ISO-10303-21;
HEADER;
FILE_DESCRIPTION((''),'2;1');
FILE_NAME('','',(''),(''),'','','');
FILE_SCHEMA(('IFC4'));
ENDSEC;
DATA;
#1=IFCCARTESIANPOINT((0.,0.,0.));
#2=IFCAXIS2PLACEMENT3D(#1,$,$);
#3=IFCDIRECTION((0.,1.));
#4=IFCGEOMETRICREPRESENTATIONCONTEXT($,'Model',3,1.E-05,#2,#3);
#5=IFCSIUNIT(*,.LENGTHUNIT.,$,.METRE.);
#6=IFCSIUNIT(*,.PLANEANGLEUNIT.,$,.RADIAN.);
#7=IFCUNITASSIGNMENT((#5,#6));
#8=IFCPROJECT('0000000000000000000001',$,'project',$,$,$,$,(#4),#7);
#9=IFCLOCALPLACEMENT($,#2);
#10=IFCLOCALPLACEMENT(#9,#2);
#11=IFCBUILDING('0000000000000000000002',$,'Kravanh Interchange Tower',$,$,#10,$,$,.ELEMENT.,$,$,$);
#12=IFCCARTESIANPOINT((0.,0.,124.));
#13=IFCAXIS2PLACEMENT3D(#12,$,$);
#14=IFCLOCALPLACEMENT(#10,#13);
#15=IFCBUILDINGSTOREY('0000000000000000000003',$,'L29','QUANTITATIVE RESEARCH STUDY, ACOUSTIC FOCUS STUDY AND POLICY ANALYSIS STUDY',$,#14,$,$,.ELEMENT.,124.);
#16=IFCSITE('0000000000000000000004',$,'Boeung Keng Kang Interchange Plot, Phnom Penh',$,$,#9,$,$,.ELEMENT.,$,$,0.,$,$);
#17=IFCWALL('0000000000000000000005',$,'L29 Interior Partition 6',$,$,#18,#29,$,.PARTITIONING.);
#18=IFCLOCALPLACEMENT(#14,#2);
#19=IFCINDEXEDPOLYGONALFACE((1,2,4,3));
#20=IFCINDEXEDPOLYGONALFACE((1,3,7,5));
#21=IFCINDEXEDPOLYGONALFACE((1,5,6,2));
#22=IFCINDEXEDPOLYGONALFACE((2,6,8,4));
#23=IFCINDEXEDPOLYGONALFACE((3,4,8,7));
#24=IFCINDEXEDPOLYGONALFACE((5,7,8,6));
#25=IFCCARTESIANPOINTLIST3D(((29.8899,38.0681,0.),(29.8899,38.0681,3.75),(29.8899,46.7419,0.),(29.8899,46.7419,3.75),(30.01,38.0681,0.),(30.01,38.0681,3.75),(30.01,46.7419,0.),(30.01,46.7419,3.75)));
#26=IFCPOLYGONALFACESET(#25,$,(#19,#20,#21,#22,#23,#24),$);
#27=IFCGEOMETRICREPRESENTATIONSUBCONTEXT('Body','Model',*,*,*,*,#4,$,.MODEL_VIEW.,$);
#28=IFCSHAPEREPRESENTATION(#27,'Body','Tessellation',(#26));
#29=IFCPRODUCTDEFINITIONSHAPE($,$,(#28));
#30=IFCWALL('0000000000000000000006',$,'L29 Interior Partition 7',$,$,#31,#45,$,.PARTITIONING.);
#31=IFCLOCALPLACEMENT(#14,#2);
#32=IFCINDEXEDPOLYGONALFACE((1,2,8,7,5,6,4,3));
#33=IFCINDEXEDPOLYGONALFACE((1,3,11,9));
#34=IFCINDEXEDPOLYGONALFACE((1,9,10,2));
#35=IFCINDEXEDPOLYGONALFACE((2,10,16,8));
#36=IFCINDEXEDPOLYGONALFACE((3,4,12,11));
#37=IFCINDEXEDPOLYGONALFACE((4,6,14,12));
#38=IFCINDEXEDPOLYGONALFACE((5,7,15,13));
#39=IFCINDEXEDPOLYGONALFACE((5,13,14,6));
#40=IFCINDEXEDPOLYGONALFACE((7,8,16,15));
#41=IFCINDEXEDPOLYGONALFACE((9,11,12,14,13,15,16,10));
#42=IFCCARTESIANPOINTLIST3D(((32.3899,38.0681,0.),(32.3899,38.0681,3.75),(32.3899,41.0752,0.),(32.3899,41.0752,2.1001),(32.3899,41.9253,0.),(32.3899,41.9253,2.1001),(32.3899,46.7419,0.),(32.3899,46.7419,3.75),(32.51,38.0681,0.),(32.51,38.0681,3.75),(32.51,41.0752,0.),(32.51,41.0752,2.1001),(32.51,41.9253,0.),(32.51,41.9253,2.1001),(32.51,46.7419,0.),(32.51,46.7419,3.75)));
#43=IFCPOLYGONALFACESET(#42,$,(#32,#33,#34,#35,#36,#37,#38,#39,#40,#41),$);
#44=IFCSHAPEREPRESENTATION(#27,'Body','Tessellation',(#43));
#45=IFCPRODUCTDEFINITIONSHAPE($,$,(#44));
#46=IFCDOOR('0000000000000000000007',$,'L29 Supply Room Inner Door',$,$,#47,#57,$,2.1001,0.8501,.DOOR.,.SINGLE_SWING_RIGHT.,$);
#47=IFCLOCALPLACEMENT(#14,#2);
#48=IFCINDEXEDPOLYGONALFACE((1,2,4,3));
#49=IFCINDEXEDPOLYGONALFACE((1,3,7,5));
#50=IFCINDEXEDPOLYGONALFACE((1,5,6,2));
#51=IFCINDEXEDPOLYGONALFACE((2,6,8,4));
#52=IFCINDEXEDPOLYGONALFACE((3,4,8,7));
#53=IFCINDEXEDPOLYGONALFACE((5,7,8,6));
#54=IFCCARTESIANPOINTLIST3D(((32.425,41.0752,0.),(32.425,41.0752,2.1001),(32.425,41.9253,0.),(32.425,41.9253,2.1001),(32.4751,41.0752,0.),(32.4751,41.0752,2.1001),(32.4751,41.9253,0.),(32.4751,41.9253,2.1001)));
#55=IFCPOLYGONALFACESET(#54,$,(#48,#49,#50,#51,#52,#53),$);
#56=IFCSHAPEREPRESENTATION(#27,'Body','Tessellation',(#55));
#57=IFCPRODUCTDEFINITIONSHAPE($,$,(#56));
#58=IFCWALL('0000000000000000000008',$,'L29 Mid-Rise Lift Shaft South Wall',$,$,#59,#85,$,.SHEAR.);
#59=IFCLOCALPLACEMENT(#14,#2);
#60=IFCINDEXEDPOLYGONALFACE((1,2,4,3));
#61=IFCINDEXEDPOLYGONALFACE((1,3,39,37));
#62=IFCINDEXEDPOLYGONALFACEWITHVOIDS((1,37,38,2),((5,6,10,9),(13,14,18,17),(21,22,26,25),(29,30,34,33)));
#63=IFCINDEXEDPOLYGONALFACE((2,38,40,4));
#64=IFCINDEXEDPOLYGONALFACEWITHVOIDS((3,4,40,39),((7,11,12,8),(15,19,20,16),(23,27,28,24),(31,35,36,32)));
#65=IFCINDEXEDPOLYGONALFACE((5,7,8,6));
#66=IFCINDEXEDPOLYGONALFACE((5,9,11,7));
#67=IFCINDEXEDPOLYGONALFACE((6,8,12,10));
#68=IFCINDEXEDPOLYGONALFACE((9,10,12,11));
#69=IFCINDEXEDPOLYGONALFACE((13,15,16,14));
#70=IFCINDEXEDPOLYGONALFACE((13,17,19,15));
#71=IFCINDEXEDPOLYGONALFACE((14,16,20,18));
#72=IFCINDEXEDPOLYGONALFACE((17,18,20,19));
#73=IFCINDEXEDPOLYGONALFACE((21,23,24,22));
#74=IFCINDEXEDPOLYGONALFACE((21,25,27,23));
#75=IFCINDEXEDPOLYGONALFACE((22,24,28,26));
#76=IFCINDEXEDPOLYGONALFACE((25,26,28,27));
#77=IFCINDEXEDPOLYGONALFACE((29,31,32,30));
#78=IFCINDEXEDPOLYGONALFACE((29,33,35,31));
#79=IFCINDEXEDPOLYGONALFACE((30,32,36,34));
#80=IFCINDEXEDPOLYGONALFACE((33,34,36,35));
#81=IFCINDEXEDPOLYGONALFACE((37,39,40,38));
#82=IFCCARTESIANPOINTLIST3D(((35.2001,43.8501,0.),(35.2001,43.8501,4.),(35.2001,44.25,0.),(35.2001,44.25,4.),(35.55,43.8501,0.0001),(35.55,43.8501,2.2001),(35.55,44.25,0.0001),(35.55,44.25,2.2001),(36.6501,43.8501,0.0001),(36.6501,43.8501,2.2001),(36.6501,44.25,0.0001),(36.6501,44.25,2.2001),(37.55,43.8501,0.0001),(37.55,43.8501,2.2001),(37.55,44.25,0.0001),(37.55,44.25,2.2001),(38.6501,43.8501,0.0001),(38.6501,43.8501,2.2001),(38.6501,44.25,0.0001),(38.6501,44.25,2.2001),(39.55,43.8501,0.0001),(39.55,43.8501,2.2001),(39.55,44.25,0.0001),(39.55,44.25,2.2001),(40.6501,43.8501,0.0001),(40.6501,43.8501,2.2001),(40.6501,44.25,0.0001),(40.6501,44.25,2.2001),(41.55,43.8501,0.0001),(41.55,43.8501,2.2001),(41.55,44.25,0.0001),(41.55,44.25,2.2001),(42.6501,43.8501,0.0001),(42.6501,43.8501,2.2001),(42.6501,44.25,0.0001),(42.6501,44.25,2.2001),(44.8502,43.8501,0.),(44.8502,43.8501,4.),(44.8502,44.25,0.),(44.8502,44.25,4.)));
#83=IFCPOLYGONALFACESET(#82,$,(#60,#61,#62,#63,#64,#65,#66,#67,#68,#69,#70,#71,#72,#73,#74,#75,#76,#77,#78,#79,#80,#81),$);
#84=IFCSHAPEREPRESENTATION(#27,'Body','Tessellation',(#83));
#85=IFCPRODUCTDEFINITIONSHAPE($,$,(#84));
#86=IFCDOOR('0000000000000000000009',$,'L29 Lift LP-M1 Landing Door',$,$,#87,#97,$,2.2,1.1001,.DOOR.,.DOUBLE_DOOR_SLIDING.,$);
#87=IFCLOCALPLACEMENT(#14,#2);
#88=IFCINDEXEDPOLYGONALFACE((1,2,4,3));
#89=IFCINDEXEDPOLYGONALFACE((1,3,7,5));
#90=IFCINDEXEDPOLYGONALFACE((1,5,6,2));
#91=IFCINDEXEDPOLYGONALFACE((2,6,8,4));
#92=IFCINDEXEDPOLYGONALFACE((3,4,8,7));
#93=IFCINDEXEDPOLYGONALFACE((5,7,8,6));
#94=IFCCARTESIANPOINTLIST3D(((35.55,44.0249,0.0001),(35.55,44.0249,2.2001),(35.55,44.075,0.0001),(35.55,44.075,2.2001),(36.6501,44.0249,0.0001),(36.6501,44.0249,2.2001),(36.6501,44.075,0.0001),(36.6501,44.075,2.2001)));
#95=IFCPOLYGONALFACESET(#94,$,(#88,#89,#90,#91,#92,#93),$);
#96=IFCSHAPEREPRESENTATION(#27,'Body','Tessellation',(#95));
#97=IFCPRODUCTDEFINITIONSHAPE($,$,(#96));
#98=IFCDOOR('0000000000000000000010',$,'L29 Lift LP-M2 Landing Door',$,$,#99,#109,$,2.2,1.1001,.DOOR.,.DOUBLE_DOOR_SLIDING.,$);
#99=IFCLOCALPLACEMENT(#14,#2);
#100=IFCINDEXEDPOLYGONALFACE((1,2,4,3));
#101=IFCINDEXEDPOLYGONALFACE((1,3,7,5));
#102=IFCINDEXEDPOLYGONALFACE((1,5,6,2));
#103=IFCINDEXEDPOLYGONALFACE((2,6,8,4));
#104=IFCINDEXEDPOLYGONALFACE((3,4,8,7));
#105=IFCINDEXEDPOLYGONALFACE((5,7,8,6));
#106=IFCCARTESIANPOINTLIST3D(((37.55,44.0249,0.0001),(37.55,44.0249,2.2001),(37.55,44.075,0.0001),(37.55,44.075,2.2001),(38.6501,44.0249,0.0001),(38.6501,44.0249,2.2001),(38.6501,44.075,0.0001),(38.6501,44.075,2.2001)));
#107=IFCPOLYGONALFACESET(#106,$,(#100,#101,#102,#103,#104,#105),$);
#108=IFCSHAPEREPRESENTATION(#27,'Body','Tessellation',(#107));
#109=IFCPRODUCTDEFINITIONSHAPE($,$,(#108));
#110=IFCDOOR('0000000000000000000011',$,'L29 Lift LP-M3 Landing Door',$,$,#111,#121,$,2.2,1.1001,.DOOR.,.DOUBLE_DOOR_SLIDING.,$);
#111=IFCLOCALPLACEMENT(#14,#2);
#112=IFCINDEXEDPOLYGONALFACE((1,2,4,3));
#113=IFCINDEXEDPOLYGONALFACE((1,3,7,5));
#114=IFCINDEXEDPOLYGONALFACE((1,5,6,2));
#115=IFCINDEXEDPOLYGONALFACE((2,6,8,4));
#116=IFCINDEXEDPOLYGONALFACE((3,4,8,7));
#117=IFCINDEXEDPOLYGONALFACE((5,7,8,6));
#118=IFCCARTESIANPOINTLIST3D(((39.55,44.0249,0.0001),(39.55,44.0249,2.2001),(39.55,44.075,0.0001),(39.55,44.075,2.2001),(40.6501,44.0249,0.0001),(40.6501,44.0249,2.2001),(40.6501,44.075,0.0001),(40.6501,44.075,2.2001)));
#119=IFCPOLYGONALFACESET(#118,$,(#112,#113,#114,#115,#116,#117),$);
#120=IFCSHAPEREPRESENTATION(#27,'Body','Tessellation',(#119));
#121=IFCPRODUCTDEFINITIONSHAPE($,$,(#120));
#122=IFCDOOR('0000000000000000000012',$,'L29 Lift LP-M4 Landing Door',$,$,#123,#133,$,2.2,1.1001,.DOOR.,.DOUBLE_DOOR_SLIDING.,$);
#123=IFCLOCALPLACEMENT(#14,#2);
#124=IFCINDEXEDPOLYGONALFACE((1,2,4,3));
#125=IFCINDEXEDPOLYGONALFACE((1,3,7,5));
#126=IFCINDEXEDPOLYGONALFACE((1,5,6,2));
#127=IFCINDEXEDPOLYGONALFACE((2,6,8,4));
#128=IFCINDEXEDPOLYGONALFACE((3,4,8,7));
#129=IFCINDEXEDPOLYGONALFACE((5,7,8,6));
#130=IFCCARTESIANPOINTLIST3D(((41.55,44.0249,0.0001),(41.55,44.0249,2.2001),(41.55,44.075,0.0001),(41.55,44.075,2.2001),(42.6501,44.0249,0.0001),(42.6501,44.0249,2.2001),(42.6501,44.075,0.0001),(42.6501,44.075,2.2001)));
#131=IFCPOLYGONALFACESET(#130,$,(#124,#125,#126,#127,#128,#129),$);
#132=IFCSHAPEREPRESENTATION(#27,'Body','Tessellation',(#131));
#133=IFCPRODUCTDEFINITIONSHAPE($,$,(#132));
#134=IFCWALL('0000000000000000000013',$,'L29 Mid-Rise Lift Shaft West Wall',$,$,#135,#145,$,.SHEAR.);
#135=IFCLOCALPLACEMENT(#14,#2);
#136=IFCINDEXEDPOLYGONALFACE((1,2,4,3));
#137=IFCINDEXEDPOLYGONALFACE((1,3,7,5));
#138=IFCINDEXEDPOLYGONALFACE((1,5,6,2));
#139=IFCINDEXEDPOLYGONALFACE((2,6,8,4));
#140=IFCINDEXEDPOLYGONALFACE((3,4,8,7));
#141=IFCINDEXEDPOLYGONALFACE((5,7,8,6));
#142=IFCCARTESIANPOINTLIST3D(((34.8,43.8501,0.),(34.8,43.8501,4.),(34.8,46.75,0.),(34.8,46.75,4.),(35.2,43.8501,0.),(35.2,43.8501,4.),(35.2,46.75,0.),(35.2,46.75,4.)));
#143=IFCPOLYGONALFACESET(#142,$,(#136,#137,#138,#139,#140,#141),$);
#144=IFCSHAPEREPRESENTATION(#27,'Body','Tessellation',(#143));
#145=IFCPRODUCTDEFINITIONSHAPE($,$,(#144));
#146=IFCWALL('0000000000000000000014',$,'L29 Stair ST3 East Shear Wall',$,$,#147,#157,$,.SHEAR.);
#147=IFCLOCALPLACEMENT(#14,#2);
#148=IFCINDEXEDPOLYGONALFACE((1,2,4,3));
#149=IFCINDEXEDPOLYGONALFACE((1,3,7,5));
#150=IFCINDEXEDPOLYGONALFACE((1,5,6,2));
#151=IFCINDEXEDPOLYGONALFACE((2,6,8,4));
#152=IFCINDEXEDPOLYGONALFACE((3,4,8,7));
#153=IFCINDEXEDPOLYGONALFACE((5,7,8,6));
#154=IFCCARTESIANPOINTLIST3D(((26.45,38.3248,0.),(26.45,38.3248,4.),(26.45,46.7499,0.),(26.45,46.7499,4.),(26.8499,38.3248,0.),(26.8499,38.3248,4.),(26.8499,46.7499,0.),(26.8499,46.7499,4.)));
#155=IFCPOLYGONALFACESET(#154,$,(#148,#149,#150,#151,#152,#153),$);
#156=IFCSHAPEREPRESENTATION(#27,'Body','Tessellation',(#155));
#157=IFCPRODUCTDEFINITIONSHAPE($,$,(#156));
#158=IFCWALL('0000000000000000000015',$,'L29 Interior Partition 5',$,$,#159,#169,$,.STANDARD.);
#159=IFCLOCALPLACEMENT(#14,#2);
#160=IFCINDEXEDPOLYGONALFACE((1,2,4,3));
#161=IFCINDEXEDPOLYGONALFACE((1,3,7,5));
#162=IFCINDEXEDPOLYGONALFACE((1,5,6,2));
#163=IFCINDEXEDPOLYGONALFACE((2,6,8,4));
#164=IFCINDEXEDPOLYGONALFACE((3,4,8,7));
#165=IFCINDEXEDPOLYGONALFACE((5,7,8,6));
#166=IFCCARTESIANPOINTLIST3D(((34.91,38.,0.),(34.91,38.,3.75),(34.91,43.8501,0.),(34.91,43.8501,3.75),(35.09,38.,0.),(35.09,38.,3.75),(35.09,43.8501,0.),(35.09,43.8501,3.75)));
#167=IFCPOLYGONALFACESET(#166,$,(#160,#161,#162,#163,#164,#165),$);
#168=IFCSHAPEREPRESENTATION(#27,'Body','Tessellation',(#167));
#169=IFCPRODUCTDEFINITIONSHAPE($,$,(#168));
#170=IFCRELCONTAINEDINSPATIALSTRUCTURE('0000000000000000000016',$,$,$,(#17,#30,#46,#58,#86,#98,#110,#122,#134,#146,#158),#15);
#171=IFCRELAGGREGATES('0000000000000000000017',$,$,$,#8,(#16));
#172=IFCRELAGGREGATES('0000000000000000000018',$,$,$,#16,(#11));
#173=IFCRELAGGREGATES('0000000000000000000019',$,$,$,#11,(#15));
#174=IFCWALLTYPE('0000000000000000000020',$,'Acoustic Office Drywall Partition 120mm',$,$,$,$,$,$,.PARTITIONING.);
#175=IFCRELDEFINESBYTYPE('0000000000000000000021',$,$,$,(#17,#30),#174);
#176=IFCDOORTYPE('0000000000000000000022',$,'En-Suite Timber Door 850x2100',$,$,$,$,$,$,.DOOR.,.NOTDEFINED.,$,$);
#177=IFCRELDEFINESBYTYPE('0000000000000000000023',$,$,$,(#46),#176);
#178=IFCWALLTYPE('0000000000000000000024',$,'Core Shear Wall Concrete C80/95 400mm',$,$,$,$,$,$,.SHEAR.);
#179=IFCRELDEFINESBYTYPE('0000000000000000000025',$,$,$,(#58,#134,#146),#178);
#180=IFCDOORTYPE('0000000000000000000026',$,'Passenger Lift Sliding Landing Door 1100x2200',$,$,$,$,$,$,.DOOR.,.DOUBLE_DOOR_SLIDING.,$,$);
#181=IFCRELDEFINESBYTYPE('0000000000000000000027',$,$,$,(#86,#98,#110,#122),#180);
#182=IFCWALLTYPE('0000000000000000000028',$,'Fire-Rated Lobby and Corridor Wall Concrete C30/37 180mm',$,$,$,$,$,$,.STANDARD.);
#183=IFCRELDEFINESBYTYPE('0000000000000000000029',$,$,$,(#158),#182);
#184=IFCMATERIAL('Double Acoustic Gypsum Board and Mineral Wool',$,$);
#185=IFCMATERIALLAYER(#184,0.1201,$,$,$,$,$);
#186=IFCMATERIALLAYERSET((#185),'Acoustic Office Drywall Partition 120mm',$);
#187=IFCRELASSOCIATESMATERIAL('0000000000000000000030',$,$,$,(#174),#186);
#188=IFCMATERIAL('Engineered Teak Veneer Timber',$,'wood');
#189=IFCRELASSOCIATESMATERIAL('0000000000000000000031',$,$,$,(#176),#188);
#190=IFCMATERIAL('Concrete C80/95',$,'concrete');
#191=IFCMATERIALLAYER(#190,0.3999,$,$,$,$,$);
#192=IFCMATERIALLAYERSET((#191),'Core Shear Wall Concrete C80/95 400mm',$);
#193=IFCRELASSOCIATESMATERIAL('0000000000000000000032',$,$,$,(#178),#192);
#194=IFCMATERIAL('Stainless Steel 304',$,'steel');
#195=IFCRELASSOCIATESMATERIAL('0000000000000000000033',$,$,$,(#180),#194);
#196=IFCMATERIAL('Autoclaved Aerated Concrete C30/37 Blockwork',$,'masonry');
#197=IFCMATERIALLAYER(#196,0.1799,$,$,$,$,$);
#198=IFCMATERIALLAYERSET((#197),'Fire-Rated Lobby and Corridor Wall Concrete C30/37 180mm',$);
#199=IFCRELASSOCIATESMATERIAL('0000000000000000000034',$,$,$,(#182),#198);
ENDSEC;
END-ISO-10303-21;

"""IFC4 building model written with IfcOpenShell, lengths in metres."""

from ifc_helpers import new_model, si_unit, direction, frame, frame_2d, origin, place, context, subcontext, project, spatial, rectangle, extrude, material, layer, layer_set, type_object, element, fill, save


model = new_model("IFC4")

# Units and contexts
model_context = context("Model", 3, precision=1e-05, world=origin(), true_north=direction((0.0, 1.0)))
body_context = subcontext(model_context, "Body", "Model", "MODEL_VIEW")
ifc_project = project(units=[si_unit("LENGTHUNIT", "METRE"), si_unit("PLANEANGLEUNIT", "RADIAN")], contexts=[model_context])

# Site, building, storey
site_placement = place(None, origin())
site = spatial("IfcSite", under=ifc_project, at=site_placement, Name="Boeung Keng Kang Interchange Plot, Phnom Penh", CompositionType="ELEMENT", RefElevation=0.0)
building_placement = place(site_placement, origin())
building = spatial("IfcBuilding", under=site, at=building_placement, Name="Kravanh Interchange Tower", CompositionType="ELEMENT")
storey_placement = place(building_placement, frame((0.0, 0.0, 124.0)))
storey = spatial("IfcBuildingStorey", under=building, at=storey_placement, Name="L29", Description="QUANTITATIVE RESEARCH STUDY, ACOUSTIC FOCUS STUDY AND POLICY ANALYSIS STUDY", CompositionType="ELEMENT", Elevation=124.0)

# Wall
ifc_material_1 = material(Name="Double Acoustic Gypsum Board and Mineral Wool")
ifc_layer_1 = layer(ifc_material_1, 0.1201)
ifc_layer_set_1 = layer_set([ifc_layer_1], Name="Acoustic Office Drywall Partition 120mm")
wall_type_1 = type_object("IfcWallType", Name="Acoustic Office Drywall Partition 120mm", PredefinedType="PARTITIONING", material=ifc_layer_set_1)
wall_1_placement = place(storey_placement, frame((29.95, 38.0681, 0.0), z_axis=(0.0, 0.0, 1.0), x_axis=(0.0, 1.0, 0.0)))
element("IfcWall", 1, at=wall_1_placement, inside=storey, type_object=wall_type_1, Name="L29 Interior Partition 6", PredefinedType="PARTITIONING", context=body_context, shape_type="SweptSolid", body=[
    extrude(rectangle(XDim=8.6738, YDim=0.1201, at=frame_2d((4.3369, 0.0))), origin(), (0.0, 0.0, 1.0), 3.75),
])

# Wall, opening, door
wall_2_placement = place(storey_placement, frame((32.45, 38.0681, 0.0), z_axis=(0.0, 0.0, 1.0), x_axis=(0.0, 1.0, 0.0)))
wall_2 = element("IfcWall", 2, at=wall_2_placement, inside=storey, type_object=wall_type_1, Name="L29 Interior Partition 7", PredefinedType="PARTITIONING", context=body_context, shape_type="SweptSolid", body=[
    extrude(rectangle(XDim=8.6738, YDim=0.1201, at=frame_2d((4.3369, 0.0))), origin(), (0.0, 0.0, 1.0), 3.75),
])
opening_1_placement = place(wall_2_placement, frame((3.0071, 0.0, 0.0)))
opening_1 = element("IfcOpeningElement", 3, at=opening_1_placement, cuts=wall_2, PredefinedType="OPENING", context=body_context, shape_type="SweptSolid", body=[
    extrude(rectangle(XDim=0.8501, YDim=2.1001, at=frame_2d((0.425, 1.05))), frame((0.0, 0.0701, 0.0), z_axis=(0.0, -1.0, 0.0), x_axis=(1.0, 0.0, 0.0)), (0.0, 0.0, 1.0), 0.1401),
])
ifc_material_2 = material(Name="Engineered Teak Veneer Timber", Category="wood")
door_type_1 = type_object("IfcDoorType", Name="En-Suite Timber Door 850x2100", OperationType="NOTDEFINED", PredefinedType="DOOR", material=ifc_material_2)
door_1_placement = place(opening_1_placement, origin())
door_1 = element("IfcDoor", 4, at=door_1_placement, inside=storey, type_object=door_type_1, Name="L29 Supply Room Inner Door", OperationType="SINGLE_SWING_RIGHT", OverallHeight=2.1001, OverallWidth=0.8501, PredefinedType="DOOR", context=body_context, shape_type="SweptSolid", body=[
    extrude(rectangle(XDim=0.8501, YDim=2.1001, at=frame_2d((0.425, 1.05))), frame((0.0, 0.0249, 0.0), z_axis=(0.0, -1.0, 0.0), x_axis=(1.0, 0.0, 0.0)), (0.0, 0.0, 1.0), 0.05),
])
fill(opening_1, door_1)

# Wall, openings, doors
ifc_material_3 = material(Name="Concrete C80/95", Category="concrete")
ifc_layer_2 = layer(ifc_material_3, 0.3999)
ifc_layer_set_2 = layer_set([ifc_layer_2], Name="Core Shear Wall Concrete C80/95 400mm")
wall_type_2 = type_object("IfcWallType", Name="Core Shear Wall Concrete C80/95 400mm", PredefinedType="SHEAR", material=ifc_layer_set_2)
wall_3_placement = place(storey_placement, frame((35.2, 44.05, 0.0), z_axis=(0.0, 0.0, 1.0), x_axis=(1.0, 0.0, 0.0)))
wall_3 = element("IfcWall", 5, at=wall_3_placement, inside=storey, type_object=wall_type_2, Name="L29 Mid-Rise Lift Shaft South Wall", PredefinedType="SHEAR", context=body_context, shape_type="SweptSolid", body=[
    extrude(rectangle(XDim=9.6501, YDim=0.3999, at=frame_2d((4.8252, 0.0))), origin(), (0.0, 0.0, 1.0), 4.0),
])
opening_2_placement = place(wall_3_placement, frame((0.3501, 0.0, 0.0)))
opening_2 = element("IfcOpeningElement", 6, at=opening_2_placement, cuts=wall_3, PredefinedType="OPENING", context=body_context, shape_type="SweptSolid", body=[
    extrude(rectangle(XDim=1.1001, YDim=2.2, at=frame_2d((0.55, 1.1001))), frame((0.0, 0.21, 0.0), z_axis=(0.0, -1.0, 0.0), x_axis=(1.0, 0.0, 0.0)), (0.0, 0.0, 1.0), 0.4199),
])
opening_3_placement = place(wall_3_placement, frame((2.3501, 0.0, 0.0)))
opening_3 = element("IfcOpeningElement", 7, at=opening_3_placement, cuts=wall_3, PredefinedType="OPENING", context=body_context, shape_type="SweptSolid", body=[
    extrude(rectangle(XDim=1.1001, YDim=2.2, at=frame_2d((0.55, 1.1001))), frame((0.0, 0.21, 0.0), z_axis=(0.0, -1.0, 0.0), x_axis=(1.0, 0.0, 0.0)), (0.0, 0.0, 1.0), 0.4199),
])
opening_4_placement = place(wall_3_placement, frame((4.3501, 0.0, 0.0)))
opening_4 = element("IfcOpeningElement", 8, at=opening_4_placement, cuts=wall_3, PredefinedType="OPENING", context=body_context, shape_type="SweptSolid", body=[
    extrude(rectangle(XDim=1.1001, YDim=2.2, at=frame_2d((0.55, 1.1001))), frame((0.0, 0.21, 0.0), z_axis=(0.0, -1.0, 0.0), x_axis=(1.0, 0.0, 0.0)), (0.0, 0.0, 1.0), 0.4199),
])
opening_5_placement = place(wall_3_placement, frame((6.3501, 0.0, 0.0)))
opening_5 = element("IfcOpeningElement", 9, at=opening_5_placement, cuts=wall_3, PredefinedType="OPENING", context=body_context, shape_type="SweptSolid", body=[
    extrude(rectangle(XDim=1.1001, YDim=2.2, at=frame_2d((0.55, 1.1001))), frame((0.0, 0.21, 0.0), z_axis=(0.0, -1.0, 0.0), x_axis=(1.0, 0.0, 0.0)), (0.0, 0.0, 1.0), 0.4199),
])
ifc_material_4 = material(Name="Stainless Steel 304", Category="steel")
door_type_2 = type_object("IfcDoorType", Name="Passenger Lift Sliding Landing Door 1100x2200", OperationType="DOUBLE_DOOR_SLIDING", PredefinedType="DOOR", material=ifc_material_4)
door_2_placement = place(opening_2_placement, origin())
door_2 = element("IfcDoor", 10, at=door_2_placement, inside=storey, type_object=door_type_2, Name="L29 Lift LP-M1 Landing Door", OperationType="DOUBLE_DOOR_SLIDING", OverallHeight=2.2, OverallWidth=1.1001, PredefinedType="DOOR", context=body_context, shape_type="SweptSolid", body=[
    extrude(rectangle(XDim=1.1001, YDim=2.2, at=frame_2d((0.55, 1.1001))), frame((0.0, 0.0249, 0.0), z_axis=(0.0, -1.0, 0.0), x_axis=(1.0, 0.0, 0.0)), (0.0, 0.0, 1.0), 0.05),
])
fill(opening_2, door_2)
door_3_placement = place(opening_3_placement, origin())
door_3 = element("IfcDoor", 11, at=door_3_placement, inside=storey, type_object=door_type_2, Name="L29 Lift LP-M2 Landing Door", OperationType="DOUBLE_DOOR_SLIDING", OverallHeight=2.2, OverallWidth=1.1001, PredefinedType="DOOR", context=body_context, shape_type="SweptSolid", body=[
    extrude(rectangle(XDim=1.1001, YDim=2.2, at=frame_2d((0.55, 1.1001))), frame((0.0, 0.0249, 0.0), z_axis=(0.0, -1.0, 0.0), x_axis=(1.0, 0.0, 0.0)), (0.0, 0.0, 1.0), 0.05),
])
fill(opening_3, door_3)
door_4_placement = place(opening_4_placement, origin())
door_4 = element("IfcDoor", 12, at=door_4_placement, inside=storey, type_object=door_type_2, Name="L29 Lift LP-M3 Landing Door", OperationType="DOUBLE_DOOR_SLIDING", OverallHeight=2.2, OverallWidth=1.1001, PredefinedType="DOOR", context=body_context, shape_type="SweptSolid", body=[
    extrude(rectangle(XDim=1.1001, YDim=2.2, at=frame_2d((0.55, 1.1001))), frame((0.0, 0.0249, 0.0), z_axis=(0.0, -1.0, 0.0), x_axis=(1.0, 0.0, 0.0)), (0.0, 0.0, 1.0), 0.05),
])
fill(opening_4, door_4)
door_5_placement = place(opening_5_placement, origin())
door_5 = element("IfcDoor", 13, at=door_5_placement, inside=storey, type_object=door_type_2, Name="L29 Lift LP-M4 Landing Door", OperationType="DOUBLE_DOOR_SLIDING", OverallHeight=2.2, OverallWidth=1.1001, PredefinedType="DOOR", context=body_context, shape_type="SweptSolid", body=[
    extrude(rectangle(XDim=1.1001, YDim=2.2, at=frame_2d((0.55, 1.1001))), frame((0.0, 0.0249, 0.0), z_axis=(0.0, -1.0, 0.0), x_axis=(1.0, 0.0, 0.0)), (0.0, 0.0, 1.0), 0.05),
])
fill(opening_5, door_5)

# Walls
wall_4_placement = place(storey_placement, frame((35.0, 43.8501, 0.0), z_axis=(0.0, 0.0, 1.0), x_axis=(0.0, 1.0, 0.0)))
element("IfcWall", 14, at=wall_4_placement, inside=storey, type_object=wall_type_2, Name="L29 Mid-Rise Lift Shaft West Wall", PredefinedType="SHEAR", context=body_context, shape_type="SweptSolid", body=[
    extrude(rectangle(XDim=2.8999, YDim=0.3999, at=frame_2d((1.45, 0.0))), origin(), (0.0, 0.0, 1.0), 4.0),
])
wall_5_placement = place(storey_placement, frame((26.6499, 38.325, 0.0), z_axis=(0.0, 0.0, 1.0), x_axis=(0.0, 1.0, 0.0)))
element("IfcWall", 15, at=wall_5_placement, inside=storey, type_object=wall_type_2, Name="L29 Stair ST3 East Shear Wall", PredefinedType="SHEAR", context=body_context, shape_type="SweptSolid", body=[
    extrude(rectangle(XDim=8.425, YDim=0.3999, at=frame_2d((4.2124, 0.0))), origin(), (0.0, 0.0, 1.0), 4.0),
])
ifc_material_5 = material(Name="Autoclaved Aerated Concrete C30/37 Blockwork", Category="masonry")
ifc_layer_3 = layer(ifc_material_5, 0.1799)
ifc_layer_set_3 = layer_set([ifc_layer_3], Name="Fire-Rated Lobby and Corridor Wall Concrete C30/37 180mm")
wall_type_3 = type_object("IfcWallType", Name="Fire-Rated Lobby and Corridor Wall Concrete C30/37 180mm", PredefinedType="STANDARD", material=ifc_layer_set_3)
wall_6_placement = place(storey_placement, frame((35.0, 38.0, 0.0), z_axis=(0.0, 0.0, 1.0), x_axis=(0.0, 1.0, 0.0)))
element("IfcWall", 16, at=wall_6_placement, inside=storey, type_object=wall_type_3, Name="L29 Interior Partition 5", PredefinedType="STANDARD", context=body_context, shape_type="SweptSolid", body=[
    extrude(rectangle(XDim=5.8501, YDim=0.1799, at=frame_2d((2.925, 0.0))), origin(), (0.0, 0.0, 1.0), 3.75),
])

save(model, "model.ifc")
